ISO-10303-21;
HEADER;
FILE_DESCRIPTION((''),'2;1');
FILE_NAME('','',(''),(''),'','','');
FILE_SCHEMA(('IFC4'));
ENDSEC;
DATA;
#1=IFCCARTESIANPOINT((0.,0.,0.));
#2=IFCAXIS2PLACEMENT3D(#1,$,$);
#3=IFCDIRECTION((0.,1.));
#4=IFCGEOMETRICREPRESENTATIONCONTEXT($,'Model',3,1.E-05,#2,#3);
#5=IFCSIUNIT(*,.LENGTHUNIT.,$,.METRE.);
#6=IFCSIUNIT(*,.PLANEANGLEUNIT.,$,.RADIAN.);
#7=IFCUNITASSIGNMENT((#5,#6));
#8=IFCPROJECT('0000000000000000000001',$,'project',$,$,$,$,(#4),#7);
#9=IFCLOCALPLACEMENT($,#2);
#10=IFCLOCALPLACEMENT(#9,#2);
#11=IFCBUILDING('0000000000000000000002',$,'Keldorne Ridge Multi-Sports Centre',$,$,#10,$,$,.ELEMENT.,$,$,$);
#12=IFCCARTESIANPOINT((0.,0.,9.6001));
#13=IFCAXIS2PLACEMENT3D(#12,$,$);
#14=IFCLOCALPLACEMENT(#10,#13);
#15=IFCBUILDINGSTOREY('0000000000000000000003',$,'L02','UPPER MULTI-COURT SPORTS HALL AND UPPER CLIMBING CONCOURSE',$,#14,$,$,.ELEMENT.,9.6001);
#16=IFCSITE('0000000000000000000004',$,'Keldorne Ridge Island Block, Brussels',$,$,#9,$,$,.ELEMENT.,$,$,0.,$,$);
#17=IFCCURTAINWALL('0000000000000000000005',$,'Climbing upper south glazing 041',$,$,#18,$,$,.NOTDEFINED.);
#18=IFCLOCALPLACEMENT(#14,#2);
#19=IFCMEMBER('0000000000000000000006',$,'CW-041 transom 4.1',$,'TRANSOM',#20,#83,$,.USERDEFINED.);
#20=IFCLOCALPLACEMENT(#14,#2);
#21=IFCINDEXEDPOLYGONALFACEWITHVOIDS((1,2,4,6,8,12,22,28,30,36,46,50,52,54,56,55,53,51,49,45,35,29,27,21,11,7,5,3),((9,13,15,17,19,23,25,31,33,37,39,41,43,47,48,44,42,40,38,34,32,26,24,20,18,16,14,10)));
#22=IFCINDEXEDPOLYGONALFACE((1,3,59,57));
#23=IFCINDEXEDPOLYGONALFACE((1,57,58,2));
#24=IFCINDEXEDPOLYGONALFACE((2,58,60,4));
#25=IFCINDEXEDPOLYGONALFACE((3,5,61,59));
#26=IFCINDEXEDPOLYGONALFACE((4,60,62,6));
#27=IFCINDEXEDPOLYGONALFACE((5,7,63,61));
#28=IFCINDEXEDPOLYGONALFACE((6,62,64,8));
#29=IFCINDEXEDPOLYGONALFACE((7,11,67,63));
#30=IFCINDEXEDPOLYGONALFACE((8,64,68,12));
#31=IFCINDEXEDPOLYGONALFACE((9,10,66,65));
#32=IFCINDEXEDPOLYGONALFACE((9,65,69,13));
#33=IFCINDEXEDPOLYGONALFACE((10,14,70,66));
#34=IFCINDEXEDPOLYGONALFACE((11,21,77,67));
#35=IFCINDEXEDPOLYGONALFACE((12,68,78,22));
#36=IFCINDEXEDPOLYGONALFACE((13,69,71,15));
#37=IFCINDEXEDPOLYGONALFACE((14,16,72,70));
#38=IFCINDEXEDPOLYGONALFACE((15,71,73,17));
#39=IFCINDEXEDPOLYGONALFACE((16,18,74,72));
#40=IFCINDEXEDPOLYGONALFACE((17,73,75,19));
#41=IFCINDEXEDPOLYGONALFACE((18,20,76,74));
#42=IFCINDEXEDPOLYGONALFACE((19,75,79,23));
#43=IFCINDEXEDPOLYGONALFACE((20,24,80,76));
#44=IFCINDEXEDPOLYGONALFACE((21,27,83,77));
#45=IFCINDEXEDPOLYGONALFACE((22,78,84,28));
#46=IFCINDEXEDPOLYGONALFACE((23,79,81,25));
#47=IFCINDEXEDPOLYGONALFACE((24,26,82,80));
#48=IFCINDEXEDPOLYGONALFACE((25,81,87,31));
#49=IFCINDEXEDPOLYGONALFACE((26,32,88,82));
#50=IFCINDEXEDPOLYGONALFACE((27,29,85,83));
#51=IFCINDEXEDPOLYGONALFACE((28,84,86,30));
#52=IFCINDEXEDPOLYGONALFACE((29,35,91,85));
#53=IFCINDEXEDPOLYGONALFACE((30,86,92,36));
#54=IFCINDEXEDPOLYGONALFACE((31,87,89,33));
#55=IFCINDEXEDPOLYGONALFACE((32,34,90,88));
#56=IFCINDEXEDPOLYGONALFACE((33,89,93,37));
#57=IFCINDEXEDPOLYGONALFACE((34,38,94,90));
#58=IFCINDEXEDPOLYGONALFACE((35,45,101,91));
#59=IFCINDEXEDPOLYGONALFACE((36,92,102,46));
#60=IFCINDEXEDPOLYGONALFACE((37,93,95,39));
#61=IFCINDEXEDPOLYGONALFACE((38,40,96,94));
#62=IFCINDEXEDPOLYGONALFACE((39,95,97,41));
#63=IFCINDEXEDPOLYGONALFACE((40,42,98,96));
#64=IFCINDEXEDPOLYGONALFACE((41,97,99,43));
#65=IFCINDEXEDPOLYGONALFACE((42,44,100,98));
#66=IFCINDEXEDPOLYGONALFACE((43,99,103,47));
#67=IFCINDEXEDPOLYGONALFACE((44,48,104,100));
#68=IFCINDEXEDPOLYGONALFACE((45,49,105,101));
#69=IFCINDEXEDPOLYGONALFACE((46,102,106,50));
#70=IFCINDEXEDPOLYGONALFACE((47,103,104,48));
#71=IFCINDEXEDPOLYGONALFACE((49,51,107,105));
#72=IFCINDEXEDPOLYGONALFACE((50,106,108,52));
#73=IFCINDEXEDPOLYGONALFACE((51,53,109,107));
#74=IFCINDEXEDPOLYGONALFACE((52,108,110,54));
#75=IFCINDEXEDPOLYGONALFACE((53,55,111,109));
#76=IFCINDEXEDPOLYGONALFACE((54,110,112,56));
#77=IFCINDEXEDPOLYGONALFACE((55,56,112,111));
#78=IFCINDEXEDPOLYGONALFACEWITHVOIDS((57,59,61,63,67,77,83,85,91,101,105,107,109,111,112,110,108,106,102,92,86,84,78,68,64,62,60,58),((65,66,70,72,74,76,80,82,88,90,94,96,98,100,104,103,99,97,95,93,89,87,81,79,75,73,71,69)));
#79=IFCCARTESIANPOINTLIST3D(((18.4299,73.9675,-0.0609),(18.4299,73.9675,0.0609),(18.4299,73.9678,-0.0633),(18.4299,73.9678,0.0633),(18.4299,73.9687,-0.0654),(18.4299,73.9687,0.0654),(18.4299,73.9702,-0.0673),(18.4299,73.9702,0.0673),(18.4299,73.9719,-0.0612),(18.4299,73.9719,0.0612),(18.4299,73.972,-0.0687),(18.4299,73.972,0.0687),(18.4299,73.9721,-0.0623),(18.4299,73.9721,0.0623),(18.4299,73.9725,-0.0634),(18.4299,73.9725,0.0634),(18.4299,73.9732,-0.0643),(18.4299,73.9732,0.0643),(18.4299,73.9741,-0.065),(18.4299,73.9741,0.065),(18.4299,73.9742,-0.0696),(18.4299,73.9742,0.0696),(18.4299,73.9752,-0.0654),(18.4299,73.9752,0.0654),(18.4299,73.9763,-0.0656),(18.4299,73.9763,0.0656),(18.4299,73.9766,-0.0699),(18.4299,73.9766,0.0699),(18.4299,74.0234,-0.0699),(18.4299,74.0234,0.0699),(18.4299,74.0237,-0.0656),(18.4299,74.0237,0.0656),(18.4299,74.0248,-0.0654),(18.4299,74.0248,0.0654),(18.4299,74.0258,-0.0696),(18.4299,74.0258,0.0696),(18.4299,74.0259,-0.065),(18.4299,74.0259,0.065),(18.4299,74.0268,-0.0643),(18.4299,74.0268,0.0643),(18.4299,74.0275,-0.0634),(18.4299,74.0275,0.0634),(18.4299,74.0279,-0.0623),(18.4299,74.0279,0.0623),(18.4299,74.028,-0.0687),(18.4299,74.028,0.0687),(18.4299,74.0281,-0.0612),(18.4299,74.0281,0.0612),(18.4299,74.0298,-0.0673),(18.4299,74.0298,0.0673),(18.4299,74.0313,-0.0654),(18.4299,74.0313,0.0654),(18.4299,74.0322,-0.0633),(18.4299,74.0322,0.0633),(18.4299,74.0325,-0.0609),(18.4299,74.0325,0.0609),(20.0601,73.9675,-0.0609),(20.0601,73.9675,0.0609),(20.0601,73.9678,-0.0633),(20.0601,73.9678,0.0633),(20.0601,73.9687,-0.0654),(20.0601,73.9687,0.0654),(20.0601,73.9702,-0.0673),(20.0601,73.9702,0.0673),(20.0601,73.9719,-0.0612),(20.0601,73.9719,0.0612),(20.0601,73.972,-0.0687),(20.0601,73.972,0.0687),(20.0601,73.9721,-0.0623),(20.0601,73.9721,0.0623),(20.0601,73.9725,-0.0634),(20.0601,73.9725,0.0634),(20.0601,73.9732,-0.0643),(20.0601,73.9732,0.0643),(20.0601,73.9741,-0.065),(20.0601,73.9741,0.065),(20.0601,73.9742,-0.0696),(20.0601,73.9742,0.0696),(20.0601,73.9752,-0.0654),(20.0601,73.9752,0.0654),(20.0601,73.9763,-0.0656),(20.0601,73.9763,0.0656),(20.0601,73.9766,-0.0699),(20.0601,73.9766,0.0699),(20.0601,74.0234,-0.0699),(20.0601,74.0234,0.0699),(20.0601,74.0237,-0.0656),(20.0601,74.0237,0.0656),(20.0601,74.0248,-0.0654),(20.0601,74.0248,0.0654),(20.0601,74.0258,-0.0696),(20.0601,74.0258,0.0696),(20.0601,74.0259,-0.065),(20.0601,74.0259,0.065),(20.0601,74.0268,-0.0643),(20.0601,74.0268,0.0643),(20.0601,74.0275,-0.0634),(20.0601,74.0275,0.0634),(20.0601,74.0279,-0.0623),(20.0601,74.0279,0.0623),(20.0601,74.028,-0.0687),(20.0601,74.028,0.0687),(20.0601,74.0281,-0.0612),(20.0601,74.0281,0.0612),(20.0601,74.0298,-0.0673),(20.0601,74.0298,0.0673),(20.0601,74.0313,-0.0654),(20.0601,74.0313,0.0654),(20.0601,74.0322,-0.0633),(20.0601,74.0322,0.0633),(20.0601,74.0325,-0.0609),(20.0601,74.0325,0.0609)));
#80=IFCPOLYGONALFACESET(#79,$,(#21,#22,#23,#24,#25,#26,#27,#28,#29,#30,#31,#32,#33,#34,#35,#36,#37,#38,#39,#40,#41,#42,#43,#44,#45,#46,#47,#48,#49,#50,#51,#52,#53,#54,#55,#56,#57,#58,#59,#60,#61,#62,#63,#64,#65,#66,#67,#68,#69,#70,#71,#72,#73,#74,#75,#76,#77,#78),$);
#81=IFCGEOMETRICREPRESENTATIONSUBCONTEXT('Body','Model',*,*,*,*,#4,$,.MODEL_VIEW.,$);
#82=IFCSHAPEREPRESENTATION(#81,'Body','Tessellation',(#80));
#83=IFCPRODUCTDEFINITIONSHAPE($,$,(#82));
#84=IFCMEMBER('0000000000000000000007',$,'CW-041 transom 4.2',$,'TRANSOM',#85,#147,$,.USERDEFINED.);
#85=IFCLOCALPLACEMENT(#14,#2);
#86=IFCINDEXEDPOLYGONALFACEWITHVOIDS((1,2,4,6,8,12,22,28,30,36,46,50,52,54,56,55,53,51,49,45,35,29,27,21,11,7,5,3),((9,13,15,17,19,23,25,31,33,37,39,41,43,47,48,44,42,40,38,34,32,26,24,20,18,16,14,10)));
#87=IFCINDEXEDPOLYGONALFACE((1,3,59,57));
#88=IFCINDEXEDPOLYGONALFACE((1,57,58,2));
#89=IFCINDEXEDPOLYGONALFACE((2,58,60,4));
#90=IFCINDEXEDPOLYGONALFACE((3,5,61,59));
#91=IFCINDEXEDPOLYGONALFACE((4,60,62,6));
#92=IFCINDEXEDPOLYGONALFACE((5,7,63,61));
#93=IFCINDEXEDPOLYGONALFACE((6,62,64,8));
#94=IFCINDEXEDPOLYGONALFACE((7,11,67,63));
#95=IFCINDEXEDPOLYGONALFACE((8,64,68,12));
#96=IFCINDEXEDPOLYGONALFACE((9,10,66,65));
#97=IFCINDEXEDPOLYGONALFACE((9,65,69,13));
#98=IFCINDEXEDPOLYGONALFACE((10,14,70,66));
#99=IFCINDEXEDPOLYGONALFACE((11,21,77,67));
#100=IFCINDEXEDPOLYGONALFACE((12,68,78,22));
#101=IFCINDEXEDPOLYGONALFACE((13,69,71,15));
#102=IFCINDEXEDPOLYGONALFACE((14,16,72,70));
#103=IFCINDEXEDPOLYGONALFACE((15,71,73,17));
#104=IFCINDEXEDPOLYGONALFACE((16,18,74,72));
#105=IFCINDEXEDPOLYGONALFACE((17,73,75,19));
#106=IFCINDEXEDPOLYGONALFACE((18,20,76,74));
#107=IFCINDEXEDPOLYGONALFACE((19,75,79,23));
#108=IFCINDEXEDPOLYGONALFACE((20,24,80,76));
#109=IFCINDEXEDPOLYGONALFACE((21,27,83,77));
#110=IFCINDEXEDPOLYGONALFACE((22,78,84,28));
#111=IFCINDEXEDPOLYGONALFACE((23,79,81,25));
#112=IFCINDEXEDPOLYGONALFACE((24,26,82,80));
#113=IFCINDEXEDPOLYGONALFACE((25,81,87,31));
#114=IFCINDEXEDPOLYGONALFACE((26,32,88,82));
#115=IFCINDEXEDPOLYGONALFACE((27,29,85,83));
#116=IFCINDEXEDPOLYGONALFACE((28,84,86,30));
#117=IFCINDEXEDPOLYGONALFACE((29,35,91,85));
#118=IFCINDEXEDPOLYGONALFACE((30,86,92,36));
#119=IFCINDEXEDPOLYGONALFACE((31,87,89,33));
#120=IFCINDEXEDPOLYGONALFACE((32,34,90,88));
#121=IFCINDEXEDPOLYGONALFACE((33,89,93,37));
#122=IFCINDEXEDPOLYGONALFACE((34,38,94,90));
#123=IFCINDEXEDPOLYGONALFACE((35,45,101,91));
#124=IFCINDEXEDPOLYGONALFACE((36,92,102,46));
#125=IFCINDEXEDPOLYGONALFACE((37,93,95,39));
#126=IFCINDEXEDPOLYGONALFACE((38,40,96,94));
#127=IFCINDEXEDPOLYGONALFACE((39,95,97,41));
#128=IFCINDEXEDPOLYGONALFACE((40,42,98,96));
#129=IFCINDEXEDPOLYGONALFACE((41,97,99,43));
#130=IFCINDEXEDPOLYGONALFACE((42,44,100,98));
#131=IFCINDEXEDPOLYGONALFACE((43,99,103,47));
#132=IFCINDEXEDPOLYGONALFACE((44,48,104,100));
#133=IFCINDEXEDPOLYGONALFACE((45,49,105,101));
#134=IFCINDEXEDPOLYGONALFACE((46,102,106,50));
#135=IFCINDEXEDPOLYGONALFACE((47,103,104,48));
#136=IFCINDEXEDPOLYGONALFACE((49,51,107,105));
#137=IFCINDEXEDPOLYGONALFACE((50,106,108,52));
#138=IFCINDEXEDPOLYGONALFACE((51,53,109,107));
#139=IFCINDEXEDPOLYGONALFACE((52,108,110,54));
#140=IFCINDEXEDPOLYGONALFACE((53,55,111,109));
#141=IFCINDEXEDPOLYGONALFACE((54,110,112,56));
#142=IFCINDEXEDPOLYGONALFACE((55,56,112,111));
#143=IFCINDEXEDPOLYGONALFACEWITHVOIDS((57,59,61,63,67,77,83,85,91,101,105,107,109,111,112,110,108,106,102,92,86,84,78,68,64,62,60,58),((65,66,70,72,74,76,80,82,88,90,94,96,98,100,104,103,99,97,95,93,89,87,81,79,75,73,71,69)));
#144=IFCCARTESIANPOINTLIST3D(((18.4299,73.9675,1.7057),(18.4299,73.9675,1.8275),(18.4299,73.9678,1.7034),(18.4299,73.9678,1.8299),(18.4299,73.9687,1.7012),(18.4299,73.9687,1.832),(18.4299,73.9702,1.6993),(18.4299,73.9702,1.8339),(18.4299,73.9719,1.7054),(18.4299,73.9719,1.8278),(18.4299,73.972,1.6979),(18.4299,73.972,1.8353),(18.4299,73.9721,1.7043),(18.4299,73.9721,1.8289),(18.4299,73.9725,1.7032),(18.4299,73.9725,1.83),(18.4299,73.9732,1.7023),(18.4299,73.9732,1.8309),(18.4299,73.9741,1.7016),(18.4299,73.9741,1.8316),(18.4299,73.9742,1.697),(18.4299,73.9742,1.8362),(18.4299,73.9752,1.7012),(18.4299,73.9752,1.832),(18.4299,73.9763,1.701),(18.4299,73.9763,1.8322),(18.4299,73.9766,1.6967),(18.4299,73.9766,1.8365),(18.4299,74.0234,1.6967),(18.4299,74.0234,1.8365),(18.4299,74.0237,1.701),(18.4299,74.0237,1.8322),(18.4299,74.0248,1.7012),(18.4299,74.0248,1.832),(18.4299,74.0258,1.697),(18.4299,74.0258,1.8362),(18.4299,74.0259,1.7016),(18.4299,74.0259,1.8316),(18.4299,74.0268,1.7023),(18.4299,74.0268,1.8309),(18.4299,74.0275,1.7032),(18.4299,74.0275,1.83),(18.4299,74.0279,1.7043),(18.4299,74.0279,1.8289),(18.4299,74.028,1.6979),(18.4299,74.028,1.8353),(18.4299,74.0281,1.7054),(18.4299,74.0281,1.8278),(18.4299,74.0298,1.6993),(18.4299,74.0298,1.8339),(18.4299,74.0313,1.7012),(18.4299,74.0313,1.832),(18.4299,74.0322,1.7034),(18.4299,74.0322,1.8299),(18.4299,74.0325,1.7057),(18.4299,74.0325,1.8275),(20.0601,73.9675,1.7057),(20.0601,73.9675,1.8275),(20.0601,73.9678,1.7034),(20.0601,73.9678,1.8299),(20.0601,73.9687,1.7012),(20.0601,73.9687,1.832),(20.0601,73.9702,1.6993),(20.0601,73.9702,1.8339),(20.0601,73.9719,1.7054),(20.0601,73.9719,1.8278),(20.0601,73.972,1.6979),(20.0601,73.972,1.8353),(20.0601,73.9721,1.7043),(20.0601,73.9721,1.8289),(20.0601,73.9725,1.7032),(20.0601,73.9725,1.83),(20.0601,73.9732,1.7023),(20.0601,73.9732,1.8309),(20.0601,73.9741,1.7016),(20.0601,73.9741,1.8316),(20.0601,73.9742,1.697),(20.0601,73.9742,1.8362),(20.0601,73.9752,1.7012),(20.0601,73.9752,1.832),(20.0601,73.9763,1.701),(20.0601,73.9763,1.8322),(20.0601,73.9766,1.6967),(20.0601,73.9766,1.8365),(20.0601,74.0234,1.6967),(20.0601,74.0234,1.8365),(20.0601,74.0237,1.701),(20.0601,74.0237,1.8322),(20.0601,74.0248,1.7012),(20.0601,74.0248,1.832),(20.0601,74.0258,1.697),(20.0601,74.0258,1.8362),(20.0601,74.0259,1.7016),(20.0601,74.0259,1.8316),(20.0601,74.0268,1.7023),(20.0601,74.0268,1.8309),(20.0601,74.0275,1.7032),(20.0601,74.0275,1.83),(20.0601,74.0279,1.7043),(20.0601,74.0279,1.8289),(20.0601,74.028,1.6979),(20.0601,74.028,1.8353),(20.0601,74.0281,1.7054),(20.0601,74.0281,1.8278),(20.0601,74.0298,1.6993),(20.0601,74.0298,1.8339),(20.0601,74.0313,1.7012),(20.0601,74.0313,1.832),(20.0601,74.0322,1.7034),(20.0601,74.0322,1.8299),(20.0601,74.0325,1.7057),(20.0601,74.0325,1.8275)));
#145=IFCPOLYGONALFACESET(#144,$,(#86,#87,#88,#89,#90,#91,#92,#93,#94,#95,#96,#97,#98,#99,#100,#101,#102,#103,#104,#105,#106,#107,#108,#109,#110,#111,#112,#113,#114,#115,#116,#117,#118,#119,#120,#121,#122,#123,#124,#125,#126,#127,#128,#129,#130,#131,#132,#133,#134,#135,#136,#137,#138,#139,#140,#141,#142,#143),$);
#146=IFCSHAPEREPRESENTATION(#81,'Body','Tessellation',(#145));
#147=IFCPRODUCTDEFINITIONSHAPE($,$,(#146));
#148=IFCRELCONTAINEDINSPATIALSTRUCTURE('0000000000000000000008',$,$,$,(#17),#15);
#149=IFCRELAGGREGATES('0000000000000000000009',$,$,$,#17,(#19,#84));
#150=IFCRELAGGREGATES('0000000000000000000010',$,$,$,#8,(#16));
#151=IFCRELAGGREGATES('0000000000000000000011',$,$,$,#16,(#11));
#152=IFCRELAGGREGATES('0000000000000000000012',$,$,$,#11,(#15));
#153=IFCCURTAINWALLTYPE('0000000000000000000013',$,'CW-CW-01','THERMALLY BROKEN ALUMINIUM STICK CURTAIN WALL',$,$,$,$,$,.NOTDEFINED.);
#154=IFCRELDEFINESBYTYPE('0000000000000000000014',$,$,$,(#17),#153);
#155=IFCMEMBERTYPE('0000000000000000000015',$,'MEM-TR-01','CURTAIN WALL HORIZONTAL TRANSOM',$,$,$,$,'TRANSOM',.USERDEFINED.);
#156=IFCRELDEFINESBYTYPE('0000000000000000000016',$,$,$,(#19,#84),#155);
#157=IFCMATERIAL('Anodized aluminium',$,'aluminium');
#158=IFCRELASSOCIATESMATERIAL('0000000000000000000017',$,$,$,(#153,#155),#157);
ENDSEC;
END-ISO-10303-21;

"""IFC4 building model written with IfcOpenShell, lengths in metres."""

from ifc_helpers import new_model, si_unit, direction, frame, origin, origin_2d, place, context, subcontext, project, spatial, hollow_rectangle, extrude, material, material_profile, profile_set, type_object, element, aggregate, save


model = new_model("IFC4")

# Units and contexts
model_context = context("Model", 3, precision=1e-05, world=origin(), true_north=direction((0.0, 1.0)))
body_context = subcontext(model_context, "Body", "Model", "MODEL_VIEW")
ifc_project = project(units=[si_unit("LENGTHUNIT", "METRE"), si_unit("PLANEANGLEUNIT", "RADIAN")], contexts=[model_context])

# Site, building, storey
site_placement = place(None, origin())
site = spatial("IfcSite", under=ifc_project, at=site_placement, Name="Keldorne Ridge Island Block, Brussels", CompositionType="ELEMENT", RefElevation=0.0)
building_placement = place(site_placement, origin())
building = spatial("IfcBuilding", under=site, at=building_placement, Name="Keldorne Ridge Multi-Sports Centre", CompositionType="ELEMENT")
storey_placement = place(building_placement, frame((0.0, 0.0, 9.6001)))
storey = spatial("IfcBuildingStorey", under=building, at=storey_placement, Name="L02", Description="UPPER MULTI-COURT SPORTS HALL AND UPPER CLIMBING CONCOURSE", CompositionType="ELEMENT", Elevation=9.6001)

# Curtain wall
ifc_material_1 = material(Name="Anodized aluminium", Category="aluminium")
curtain_wall_type = type_object("IfcCurtainWallType", Name="CW-CW-01", Description="THERMALLY BROKEN ALUMINIUM STICK CURTAIN WALL", PredefinedType="NOTDEFINED", material=ifc_material_1)
curtain_wall_placement = place(storey_placement, origin())
curtain_wall = element("IfcCurtainWall", 1, at=curtain_wall_placement, inside=storey, type_object=curtain_wall_type, Name="Climbing upper south glazing 041", PredefinedType="NOTDEFINED")

# Members
ifc_material_profile_1 = material_profile(ifc_material_1, hollow_rectangle(XDim=0.0649, YDim=0.1399, WallThickness=0.0044, InnerFilletRadius=0.0044, OuterFilletRadius=0.009, at=origin_2d()), Name="ALU TRANSOM 140x65x4.5")
ifc_profile_set_1 = profile_set([ifc_material_profile_1], Name="Anodized aluminium")
member_type_1 = type_object("IfcMemberType", Name="MEM-TR-01", Description="CURTAIN WALL HORIZONTAL TRANSOM", ElementType="TRANSOM", PredefinedType="USERDEFINED", material=ifc_profile_set_1)
member_1_placement = place(storey_placement, frame((18.4299, 74.0, 0.0), z_axis=(1.0, 0.0, 0.0), x_axis=(0.0, 1.0, 0.0)))
member_1 = element("IfcMember", 2, at=member_1_placement, type_object=member_type_1, Name="CW-041 transom 4.1", ObjectType="TRANSOM", PredefinedType="USERDEFINED", context=body_context, shape_type="SweptSolid", body=[
    extrude(hollow_rectangle(XDim=0.0649, YDim=0.1399, WallThickness=0.0044, InnerFilletRadius=0.0044, OuterFilletRadius=0.009, at=origin_2d()), origin(), (0.0, 0.0, 1.0), 1.6301),
])
member_2_placement = place(storey_placement, frame((18.4299, 74.0, 1.7666), z_axis=(1.0, 0.0, 0.0), x_axis=(0.0, 1.0, 0.0)))
member_2 = element("IfcMember", 3, at=member_2_placement, type_object=member_type_1, Name="CW-041 transom 4.2", ObjectType="TRANSOM", PredefinedType="USERDEFINED", context=body_context, shape_type="SweptSolid", body=[
    extrude(hollow_rectangle(XDim=0.0649, YDim=0.1399, WallThickness=0.0044, InnerFilletRadius=0.0044, OuterFilletRadius=0.009, at=origin_2d()), origin(), (0.0, 0.0, 1.0), 1.6301),
])

aggregate(curtain_wall, [member_1, member_2])

save(model, "model.ifc")
